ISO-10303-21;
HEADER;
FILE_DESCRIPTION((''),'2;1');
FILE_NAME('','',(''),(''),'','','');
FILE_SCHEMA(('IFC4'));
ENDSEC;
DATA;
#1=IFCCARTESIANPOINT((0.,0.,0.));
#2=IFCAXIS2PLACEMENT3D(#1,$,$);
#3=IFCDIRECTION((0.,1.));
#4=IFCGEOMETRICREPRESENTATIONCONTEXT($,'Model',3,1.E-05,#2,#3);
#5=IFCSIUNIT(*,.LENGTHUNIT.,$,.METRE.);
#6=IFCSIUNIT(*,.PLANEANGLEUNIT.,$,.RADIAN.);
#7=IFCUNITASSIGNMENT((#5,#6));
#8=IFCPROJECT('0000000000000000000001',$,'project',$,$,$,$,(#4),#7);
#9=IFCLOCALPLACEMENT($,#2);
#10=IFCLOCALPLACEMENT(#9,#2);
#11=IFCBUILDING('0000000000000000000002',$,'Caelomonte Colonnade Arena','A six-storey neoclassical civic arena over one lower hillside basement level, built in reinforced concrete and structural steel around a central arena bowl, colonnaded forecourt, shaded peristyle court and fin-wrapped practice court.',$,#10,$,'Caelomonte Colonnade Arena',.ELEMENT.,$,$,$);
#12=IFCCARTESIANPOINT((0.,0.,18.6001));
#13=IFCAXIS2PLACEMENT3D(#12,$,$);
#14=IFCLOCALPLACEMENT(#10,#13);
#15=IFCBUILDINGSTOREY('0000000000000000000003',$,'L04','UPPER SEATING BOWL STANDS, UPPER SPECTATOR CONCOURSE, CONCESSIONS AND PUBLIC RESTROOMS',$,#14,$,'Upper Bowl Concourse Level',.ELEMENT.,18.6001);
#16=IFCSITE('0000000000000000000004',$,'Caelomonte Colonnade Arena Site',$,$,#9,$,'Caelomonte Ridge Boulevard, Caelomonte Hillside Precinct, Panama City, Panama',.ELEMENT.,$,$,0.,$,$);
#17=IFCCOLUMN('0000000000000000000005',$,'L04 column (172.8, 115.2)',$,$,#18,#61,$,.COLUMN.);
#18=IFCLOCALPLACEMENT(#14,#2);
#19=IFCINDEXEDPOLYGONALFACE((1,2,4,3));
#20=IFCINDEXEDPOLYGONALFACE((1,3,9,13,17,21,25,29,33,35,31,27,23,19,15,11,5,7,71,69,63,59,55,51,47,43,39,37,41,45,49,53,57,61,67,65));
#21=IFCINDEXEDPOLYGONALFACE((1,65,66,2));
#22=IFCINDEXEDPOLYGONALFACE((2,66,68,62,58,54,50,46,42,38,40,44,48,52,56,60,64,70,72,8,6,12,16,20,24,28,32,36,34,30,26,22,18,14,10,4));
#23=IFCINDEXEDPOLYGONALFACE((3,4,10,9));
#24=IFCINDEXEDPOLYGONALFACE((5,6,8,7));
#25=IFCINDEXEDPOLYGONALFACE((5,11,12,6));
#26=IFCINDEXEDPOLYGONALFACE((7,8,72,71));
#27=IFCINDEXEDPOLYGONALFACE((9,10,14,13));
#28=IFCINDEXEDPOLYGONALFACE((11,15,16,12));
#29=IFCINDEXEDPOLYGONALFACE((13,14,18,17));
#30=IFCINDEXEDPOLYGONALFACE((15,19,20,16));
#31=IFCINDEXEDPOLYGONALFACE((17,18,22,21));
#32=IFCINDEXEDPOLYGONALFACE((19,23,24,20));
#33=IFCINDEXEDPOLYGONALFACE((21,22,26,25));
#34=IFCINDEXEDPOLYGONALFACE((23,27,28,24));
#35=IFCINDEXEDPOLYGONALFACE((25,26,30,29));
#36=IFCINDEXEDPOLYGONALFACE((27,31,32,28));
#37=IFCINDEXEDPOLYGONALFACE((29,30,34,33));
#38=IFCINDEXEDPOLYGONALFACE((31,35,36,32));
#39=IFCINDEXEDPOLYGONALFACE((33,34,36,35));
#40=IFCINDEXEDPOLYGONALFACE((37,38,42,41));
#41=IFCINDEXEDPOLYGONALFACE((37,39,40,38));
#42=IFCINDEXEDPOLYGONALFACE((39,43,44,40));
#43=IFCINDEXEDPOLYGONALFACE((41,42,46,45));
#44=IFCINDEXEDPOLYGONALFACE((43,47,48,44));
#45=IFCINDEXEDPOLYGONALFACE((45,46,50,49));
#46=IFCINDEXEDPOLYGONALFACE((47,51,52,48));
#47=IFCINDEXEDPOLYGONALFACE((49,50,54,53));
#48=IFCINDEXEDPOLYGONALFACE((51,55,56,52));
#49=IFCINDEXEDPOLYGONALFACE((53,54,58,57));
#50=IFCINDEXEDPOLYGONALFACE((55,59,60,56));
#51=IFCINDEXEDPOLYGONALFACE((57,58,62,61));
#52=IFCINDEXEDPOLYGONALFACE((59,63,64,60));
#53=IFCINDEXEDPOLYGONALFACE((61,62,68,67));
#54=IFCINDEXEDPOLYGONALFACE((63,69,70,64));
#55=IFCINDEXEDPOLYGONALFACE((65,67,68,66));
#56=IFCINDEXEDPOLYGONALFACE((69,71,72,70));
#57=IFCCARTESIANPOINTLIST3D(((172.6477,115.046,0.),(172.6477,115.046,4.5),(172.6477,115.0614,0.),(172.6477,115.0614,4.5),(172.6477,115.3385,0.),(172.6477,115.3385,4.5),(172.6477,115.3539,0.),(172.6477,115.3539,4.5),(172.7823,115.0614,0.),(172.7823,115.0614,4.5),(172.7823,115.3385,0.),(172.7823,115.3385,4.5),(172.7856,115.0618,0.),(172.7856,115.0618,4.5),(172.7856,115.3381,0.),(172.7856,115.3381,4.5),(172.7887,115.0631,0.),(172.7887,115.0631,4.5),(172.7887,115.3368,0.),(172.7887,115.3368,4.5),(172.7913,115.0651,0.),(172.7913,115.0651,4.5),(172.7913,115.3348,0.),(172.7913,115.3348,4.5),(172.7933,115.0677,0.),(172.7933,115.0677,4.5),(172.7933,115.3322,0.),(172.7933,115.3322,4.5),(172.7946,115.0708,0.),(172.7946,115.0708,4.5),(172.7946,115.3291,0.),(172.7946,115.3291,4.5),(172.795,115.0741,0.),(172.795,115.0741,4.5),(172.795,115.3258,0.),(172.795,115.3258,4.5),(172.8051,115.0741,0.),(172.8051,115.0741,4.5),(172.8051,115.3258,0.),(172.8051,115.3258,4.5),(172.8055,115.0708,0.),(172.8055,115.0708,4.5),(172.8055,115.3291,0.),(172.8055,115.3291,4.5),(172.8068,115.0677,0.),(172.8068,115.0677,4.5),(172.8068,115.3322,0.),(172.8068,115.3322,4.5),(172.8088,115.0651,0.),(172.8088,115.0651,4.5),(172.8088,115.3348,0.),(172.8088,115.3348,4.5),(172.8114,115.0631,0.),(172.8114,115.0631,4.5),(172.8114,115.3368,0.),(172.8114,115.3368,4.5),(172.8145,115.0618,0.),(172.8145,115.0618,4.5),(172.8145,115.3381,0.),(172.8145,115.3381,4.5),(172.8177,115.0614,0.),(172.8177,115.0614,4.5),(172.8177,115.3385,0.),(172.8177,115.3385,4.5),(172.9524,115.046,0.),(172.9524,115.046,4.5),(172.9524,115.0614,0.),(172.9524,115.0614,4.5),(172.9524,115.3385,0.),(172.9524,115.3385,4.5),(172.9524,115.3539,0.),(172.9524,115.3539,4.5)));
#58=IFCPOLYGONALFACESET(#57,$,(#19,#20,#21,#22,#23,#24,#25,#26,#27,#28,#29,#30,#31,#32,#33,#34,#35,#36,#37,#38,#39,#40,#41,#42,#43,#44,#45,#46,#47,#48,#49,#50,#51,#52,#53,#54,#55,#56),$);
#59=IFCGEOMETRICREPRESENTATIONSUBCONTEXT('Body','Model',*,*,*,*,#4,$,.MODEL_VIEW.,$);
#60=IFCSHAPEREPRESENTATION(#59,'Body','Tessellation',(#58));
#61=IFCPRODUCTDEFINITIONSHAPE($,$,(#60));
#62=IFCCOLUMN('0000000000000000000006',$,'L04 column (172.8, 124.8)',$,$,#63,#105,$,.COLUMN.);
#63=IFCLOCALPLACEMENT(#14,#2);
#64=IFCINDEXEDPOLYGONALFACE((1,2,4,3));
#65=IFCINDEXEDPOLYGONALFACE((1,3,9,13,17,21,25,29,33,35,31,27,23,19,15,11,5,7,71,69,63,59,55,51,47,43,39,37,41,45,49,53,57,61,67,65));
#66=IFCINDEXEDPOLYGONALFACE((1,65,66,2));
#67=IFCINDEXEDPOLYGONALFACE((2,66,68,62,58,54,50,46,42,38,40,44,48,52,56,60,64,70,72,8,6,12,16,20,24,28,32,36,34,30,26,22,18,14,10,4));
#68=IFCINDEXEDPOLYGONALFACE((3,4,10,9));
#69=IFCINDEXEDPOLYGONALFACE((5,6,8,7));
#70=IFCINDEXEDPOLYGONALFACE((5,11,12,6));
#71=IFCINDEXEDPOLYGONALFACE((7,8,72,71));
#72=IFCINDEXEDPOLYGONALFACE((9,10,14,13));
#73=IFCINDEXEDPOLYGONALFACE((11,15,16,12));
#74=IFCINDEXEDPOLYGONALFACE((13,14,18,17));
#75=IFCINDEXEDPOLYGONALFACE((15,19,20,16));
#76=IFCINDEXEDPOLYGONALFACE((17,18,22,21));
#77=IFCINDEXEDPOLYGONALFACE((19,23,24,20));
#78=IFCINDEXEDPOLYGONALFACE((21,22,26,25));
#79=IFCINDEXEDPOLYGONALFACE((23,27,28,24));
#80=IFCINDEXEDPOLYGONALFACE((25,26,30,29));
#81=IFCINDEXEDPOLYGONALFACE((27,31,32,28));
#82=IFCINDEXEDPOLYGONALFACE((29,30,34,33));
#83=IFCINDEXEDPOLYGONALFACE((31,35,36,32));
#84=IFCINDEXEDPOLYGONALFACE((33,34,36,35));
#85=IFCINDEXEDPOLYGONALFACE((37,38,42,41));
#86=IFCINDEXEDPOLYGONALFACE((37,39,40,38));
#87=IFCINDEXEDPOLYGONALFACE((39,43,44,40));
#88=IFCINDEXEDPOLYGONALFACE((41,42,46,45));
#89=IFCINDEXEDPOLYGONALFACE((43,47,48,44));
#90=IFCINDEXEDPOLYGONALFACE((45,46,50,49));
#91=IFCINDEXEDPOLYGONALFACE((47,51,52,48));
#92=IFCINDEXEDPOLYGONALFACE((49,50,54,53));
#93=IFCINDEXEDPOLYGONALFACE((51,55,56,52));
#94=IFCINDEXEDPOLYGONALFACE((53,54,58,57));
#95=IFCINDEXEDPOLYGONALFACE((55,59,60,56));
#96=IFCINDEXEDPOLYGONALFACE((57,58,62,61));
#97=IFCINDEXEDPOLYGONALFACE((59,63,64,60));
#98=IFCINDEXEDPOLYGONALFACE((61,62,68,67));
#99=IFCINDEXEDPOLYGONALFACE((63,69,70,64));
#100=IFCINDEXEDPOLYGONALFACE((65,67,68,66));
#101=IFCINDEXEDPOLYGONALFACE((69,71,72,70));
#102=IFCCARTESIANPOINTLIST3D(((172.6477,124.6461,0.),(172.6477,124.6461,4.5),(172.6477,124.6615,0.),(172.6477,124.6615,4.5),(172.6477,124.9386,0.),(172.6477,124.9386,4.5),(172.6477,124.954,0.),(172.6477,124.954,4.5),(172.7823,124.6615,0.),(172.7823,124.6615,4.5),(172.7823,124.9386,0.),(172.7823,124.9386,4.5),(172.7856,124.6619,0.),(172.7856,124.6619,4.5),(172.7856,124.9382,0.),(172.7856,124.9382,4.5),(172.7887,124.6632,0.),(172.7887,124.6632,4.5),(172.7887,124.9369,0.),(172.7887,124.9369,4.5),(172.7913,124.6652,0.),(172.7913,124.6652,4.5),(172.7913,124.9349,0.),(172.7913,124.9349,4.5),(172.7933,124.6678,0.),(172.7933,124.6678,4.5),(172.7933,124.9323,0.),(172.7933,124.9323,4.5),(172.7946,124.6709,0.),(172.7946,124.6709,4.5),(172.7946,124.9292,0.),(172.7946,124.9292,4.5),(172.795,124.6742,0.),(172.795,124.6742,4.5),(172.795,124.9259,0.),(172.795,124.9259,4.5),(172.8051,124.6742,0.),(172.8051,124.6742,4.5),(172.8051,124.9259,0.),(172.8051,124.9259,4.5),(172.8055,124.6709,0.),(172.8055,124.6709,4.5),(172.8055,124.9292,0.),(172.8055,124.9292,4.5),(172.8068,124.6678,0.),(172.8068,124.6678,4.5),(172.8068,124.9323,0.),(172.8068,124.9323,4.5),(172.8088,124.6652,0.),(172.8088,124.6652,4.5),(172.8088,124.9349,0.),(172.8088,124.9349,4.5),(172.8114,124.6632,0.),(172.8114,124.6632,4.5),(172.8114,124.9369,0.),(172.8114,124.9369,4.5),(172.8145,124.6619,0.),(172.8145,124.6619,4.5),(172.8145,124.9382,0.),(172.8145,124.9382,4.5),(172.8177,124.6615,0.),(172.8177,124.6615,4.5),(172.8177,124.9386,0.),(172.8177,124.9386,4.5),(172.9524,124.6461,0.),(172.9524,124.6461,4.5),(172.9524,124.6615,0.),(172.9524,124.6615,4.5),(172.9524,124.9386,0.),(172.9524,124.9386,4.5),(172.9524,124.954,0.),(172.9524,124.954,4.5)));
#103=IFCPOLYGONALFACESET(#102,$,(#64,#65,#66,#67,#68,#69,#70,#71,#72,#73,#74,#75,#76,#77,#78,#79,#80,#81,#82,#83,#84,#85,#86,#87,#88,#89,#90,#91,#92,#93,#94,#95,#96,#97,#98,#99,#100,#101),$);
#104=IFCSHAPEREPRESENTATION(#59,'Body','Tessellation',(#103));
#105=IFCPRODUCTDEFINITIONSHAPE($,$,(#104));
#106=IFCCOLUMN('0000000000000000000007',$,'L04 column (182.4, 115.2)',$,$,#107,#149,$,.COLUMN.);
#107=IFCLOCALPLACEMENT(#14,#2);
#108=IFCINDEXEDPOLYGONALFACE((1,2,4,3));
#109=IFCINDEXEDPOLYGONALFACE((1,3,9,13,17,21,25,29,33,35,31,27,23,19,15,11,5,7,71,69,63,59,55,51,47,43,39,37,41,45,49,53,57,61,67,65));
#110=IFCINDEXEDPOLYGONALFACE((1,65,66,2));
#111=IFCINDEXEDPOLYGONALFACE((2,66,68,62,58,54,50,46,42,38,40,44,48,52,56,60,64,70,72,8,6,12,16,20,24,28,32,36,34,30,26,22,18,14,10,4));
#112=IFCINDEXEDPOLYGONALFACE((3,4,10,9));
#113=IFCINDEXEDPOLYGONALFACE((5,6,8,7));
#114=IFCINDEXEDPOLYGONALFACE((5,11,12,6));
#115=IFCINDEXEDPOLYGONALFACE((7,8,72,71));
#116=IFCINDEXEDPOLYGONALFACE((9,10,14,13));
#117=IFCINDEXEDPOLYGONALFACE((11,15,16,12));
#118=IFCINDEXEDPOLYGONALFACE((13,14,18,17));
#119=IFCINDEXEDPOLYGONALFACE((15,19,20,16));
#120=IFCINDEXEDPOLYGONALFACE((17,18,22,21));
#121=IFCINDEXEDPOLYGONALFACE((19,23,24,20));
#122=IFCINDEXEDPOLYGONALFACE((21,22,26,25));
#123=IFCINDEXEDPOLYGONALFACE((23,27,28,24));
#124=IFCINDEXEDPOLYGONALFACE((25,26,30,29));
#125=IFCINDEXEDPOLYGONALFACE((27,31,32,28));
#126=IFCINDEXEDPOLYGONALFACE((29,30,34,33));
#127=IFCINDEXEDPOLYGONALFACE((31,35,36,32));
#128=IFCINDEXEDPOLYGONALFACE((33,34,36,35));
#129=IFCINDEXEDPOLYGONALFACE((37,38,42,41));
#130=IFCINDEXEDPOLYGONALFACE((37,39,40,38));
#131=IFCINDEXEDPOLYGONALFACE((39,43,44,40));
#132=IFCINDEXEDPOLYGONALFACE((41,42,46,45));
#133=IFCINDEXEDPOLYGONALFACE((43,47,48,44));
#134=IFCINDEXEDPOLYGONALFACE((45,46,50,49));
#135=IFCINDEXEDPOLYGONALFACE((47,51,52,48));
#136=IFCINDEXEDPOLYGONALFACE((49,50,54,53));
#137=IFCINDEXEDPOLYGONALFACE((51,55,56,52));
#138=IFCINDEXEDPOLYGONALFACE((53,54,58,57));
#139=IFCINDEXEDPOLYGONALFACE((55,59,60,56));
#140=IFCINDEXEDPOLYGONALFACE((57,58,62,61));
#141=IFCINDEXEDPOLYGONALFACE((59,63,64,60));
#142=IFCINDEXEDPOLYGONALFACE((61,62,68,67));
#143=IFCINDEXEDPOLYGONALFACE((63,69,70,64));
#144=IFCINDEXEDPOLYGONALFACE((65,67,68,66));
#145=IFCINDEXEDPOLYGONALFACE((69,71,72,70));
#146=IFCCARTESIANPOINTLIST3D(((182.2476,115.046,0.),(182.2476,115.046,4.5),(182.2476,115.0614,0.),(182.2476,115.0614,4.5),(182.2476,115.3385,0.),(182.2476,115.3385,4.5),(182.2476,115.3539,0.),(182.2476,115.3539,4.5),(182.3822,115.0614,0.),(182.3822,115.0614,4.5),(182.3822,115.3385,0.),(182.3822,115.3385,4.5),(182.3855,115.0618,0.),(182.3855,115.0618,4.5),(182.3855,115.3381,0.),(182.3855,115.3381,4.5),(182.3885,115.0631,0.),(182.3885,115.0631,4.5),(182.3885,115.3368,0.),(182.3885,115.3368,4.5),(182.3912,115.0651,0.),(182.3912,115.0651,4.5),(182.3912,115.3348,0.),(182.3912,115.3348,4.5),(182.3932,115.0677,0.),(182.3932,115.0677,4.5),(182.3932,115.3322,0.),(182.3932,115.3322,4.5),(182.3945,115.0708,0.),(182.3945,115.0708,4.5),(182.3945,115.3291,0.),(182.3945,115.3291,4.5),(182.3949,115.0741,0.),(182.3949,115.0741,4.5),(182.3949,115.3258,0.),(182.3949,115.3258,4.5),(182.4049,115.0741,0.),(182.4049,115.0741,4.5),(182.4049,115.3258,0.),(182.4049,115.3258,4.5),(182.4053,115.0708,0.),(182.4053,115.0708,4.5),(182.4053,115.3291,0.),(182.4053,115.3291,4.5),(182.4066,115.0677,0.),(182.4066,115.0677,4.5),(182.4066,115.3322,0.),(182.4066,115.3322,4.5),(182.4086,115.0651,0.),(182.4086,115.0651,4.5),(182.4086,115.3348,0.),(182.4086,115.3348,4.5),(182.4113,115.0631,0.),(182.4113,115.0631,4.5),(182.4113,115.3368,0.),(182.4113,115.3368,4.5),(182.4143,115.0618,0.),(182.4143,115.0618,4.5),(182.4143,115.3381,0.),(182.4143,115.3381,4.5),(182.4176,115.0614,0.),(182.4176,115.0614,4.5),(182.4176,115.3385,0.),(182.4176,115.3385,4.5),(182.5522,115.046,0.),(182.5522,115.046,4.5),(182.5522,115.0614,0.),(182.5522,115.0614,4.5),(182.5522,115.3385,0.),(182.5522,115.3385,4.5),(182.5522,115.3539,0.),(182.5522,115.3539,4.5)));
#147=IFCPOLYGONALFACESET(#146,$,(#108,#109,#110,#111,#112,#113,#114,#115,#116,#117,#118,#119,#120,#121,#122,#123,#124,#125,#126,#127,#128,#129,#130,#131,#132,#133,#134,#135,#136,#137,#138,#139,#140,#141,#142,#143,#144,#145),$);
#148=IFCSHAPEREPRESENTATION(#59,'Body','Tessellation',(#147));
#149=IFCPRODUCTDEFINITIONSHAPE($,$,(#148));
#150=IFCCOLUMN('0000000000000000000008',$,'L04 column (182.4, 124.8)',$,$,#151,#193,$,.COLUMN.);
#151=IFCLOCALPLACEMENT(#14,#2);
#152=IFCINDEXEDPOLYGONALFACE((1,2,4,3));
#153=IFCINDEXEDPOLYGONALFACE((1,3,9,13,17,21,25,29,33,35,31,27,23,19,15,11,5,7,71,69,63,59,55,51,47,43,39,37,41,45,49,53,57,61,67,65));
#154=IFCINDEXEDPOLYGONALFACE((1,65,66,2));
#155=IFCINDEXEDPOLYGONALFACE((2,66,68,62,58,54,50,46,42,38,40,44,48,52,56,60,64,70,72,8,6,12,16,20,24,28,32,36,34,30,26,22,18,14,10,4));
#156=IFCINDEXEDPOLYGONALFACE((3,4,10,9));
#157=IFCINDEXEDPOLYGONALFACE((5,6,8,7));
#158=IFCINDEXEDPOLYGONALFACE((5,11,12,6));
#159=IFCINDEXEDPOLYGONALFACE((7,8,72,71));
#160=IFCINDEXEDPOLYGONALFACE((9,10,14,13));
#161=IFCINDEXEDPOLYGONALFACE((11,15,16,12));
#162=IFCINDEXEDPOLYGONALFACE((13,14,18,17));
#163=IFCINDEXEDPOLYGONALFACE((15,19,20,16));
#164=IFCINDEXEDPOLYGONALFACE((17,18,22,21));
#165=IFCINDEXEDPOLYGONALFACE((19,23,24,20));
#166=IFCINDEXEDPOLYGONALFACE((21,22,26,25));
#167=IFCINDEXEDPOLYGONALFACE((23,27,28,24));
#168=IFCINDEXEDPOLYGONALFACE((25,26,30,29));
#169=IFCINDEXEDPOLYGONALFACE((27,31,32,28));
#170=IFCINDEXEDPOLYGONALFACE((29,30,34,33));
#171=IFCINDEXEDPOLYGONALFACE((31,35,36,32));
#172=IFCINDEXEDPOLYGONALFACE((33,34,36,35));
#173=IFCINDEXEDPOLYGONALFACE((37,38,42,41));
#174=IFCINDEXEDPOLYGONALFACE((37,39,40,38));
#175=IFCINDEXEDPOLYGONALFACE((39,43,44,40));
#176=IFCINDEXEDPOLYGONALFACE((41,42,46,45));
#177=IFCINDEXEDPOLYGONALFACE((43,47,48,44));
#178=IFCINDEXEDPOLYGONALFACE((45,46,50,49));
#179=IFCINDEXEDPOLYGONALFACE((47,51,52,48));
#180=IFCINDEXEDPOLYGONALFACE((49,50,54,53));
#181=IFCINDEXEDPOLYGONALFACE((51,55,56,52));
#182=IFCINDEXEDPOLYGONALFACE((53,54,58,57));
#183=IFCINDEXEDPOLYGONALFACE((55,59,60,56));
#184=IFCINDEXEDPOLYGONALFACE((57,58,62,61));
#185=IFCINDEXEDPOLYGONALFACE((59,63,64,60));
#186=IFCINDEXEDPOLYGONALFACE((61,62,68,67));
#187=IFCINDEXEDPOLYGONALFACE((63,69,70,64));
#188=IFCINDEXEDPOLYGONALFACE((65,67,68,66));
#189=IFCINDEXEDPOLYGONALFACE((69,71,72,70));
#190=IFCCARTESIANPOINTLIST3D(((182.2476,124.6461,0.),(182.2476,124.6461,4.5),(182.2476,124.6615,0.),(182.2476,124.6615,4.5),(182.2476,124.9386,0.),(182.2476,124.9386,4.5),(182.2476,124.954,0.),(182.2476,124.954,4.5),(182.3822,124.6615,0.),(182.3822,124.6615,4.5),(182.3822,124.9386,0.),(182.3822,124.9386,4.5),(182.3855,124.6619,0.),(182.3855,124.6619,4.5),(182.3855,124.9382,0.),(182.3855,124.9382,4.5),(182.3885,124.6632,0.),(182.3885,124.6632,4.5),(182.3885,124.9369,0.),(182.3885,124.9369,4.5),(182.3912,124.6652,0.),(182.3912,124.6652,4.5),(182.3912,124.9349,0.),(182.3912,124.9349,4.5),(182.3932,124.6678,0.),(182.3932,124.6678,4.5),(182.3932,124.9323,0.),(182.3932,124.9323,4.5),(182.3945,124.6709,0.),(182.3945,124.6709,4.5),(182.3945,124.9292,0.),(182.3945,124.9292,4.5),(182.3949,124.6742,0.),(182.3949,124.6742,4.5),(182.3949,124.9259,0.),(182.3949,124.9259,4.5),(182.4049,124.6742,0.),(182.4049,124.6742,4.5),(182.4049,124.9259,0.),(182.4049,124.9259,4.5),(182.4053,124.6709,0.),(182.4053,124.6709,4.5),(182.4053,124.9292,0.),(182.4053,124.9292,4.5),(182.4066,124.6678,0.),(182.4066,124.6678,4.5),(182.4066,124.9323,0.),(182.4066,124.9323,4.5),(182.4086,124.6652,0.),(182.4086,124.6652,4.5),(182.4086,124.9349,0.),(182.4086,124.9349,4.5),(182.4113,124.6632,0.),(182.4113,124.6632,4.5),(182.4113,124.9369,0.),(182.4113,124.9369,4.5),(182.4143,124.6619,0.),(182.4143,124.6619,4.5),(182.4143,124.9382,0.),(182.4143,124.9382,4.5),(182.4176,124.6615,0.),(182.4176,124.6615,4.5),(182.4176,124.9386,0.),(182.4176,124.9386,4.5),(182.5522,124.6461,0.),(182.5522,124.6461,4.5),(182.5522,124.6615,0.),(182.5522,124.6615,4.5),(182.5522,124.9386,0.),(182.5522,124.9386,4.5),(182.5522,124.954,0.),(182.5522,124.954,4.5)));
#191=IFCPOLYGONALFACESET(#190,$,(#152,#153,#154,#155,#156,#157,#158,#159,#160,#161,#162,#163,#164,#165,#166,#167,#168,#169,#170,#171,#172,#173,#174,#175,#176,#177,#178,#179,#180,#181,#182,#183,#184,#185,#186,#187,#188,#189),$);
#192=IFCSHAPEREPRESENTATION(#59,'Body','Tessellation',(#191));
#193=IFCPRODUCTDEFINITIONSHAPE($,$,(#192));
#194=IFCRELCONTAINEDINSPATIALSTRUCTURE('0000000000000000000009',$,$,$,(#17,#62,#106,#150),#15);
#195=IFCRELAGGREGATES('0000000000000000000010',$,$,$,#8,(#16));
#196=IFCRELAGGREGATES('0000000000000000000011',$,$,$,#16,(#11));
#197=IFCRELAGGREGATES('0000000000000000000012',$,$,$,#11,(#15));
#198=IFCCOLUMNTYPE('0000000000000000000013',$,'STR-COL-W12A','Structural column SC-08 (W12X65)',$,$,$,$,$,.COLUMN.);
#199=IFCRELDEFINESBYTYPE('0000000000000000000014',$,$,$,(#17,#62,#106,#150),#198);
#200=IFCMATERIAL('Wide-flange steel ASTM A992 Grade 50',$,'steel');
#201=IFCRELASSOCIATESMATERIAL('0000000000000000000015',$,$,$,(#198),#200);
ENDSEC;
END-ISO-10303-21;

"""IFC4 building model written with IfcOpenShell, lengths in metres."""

from ifc_helpers import new_model, si_unit, direction, frame, origin, origin_2d, place, context, subcontext, project, spatial, i_section, extrude, material, material_profile, profile_set, type_object, element, save


model = new_model("IFC4")

# Units and contexts
model_context = context("Model", 3, precision=1e-05, world=origin(), true_north=direction((0.0, 1.0)))
body_context = subcontext(model_context, "Body", "Model", "MODEL_VIEW")
ifc_project = project(units=[si_unit("LENGTHUNIT", "METRE"), si_unit("PLANEANGLEUNIT", "RADIAN")], contexts=[model_context])

# Site, building, storey
site_placement = place(None, origin())
site = spatial("IfcSite", under=ifc_project, at=site_placement, Name="Caelomonte Colonnade Arena Site", LongName="Caelomonte Ridge Boulevard, Caelomonte Hillside Precinct, Panama City, Panama", CompositionType="ELEMENT", RefElevation=0.0)
building_placement = place(site_placement, origin())
building = spatial("IfcBuilding", under=site, at=building_placement, Name="Caelomonte Colonnade Arena", Description="A six-storey neoclassical civic arena over one lower hillside basement level, built in reinforced concrete and structural steel around a central arena bowl, colonnaded forecourt, shaded peristyle court and fin-wrapped practice court.", LongName="Caelomonte Colonnade Arena", CompositionType="ELEMENT")
storey_placement = place(building_placement, frame((0.0, 0.0, 18.6001)))
storey = spatial("IfcBuildingStorey", under=building, at=storey_placement, Name="L04", Description="UPPER SEATING BOWL STANDS, UPPER SPECTATOR CONCOURSE, CONCESSIONS AND PUBLIC RESTROOMS", LongName="Upper Bowl Concourse Level", CompositionType="ELEMENT", Elevation=18.6001)

# Columns
ifc_material_1 = material(Name="Wide-flange steel ASTM A992 Grade 50", Category="steel")
ifc_material_profile_1 = material_profile(ifc_material_1, i_section(OverallWidth=0.3047, OverallDepth=0.3079, WebThickness=0.01, FlangeThickness=0.0154, FilletRadius=0.0127, at=origin_2d()), Name="W12X65")
ifc_profile_set_1 = profile_set([ifc_material_profile_1], Name="Wide-flange steel ASTM A992 Grade 50")
column_type = type_object("IfcColumnType", Name="STR-COL-W12A", Description="Structural column SC-08 (W12X65)", PredefinedType="COLUMN", material=ifc_profile_set_1)
for number, where, z_axis, x_axis, name in (
    (1, (172.8, 115.2, 0.0), (0.0, 0.0, 1.0), (1.0, 0.0, 0.0), "L04 column (172.8, 115.2)"),
    (2, (172.8, 124.8, 0.0), (0.0, 0.0, 1.0), (1.0, 0.0, 0.0), "L04 column (172.8, 124.8)"),
    (3, (182.3999, 115.2, 0.0), (0.0, 0.0, 1.0), (1.0, 0.0, 0.0), "L04 column (182.4, 115.2)"),
    (4, (182.3999, 124.8, 0.0), (0.0, 0.0, 1.0), (1.0, 0.0, 0.0), "L04 column (182.4, 124.8)"),
):
    element("IfcColumn", number, at=place(storey_placement, frame(where, z_axis=z_axis, x_axis=x_axis)), inside=storey, type_object=column_type, Name=name, PredefinedType="COLUMN", context=body_context, shape_type="SweptSolid", body=[
        extrude(i_section(OverallWidth=0.3047, OverallDepth=0.3079, WebThickness=0.01, FlangeThickness=0.0154, FilletRadius=0.0127, at=origin_2d()), origin(), (0.0, 0.0, 1.0), 4.5),
    ])

save(model, "model.ifc")
